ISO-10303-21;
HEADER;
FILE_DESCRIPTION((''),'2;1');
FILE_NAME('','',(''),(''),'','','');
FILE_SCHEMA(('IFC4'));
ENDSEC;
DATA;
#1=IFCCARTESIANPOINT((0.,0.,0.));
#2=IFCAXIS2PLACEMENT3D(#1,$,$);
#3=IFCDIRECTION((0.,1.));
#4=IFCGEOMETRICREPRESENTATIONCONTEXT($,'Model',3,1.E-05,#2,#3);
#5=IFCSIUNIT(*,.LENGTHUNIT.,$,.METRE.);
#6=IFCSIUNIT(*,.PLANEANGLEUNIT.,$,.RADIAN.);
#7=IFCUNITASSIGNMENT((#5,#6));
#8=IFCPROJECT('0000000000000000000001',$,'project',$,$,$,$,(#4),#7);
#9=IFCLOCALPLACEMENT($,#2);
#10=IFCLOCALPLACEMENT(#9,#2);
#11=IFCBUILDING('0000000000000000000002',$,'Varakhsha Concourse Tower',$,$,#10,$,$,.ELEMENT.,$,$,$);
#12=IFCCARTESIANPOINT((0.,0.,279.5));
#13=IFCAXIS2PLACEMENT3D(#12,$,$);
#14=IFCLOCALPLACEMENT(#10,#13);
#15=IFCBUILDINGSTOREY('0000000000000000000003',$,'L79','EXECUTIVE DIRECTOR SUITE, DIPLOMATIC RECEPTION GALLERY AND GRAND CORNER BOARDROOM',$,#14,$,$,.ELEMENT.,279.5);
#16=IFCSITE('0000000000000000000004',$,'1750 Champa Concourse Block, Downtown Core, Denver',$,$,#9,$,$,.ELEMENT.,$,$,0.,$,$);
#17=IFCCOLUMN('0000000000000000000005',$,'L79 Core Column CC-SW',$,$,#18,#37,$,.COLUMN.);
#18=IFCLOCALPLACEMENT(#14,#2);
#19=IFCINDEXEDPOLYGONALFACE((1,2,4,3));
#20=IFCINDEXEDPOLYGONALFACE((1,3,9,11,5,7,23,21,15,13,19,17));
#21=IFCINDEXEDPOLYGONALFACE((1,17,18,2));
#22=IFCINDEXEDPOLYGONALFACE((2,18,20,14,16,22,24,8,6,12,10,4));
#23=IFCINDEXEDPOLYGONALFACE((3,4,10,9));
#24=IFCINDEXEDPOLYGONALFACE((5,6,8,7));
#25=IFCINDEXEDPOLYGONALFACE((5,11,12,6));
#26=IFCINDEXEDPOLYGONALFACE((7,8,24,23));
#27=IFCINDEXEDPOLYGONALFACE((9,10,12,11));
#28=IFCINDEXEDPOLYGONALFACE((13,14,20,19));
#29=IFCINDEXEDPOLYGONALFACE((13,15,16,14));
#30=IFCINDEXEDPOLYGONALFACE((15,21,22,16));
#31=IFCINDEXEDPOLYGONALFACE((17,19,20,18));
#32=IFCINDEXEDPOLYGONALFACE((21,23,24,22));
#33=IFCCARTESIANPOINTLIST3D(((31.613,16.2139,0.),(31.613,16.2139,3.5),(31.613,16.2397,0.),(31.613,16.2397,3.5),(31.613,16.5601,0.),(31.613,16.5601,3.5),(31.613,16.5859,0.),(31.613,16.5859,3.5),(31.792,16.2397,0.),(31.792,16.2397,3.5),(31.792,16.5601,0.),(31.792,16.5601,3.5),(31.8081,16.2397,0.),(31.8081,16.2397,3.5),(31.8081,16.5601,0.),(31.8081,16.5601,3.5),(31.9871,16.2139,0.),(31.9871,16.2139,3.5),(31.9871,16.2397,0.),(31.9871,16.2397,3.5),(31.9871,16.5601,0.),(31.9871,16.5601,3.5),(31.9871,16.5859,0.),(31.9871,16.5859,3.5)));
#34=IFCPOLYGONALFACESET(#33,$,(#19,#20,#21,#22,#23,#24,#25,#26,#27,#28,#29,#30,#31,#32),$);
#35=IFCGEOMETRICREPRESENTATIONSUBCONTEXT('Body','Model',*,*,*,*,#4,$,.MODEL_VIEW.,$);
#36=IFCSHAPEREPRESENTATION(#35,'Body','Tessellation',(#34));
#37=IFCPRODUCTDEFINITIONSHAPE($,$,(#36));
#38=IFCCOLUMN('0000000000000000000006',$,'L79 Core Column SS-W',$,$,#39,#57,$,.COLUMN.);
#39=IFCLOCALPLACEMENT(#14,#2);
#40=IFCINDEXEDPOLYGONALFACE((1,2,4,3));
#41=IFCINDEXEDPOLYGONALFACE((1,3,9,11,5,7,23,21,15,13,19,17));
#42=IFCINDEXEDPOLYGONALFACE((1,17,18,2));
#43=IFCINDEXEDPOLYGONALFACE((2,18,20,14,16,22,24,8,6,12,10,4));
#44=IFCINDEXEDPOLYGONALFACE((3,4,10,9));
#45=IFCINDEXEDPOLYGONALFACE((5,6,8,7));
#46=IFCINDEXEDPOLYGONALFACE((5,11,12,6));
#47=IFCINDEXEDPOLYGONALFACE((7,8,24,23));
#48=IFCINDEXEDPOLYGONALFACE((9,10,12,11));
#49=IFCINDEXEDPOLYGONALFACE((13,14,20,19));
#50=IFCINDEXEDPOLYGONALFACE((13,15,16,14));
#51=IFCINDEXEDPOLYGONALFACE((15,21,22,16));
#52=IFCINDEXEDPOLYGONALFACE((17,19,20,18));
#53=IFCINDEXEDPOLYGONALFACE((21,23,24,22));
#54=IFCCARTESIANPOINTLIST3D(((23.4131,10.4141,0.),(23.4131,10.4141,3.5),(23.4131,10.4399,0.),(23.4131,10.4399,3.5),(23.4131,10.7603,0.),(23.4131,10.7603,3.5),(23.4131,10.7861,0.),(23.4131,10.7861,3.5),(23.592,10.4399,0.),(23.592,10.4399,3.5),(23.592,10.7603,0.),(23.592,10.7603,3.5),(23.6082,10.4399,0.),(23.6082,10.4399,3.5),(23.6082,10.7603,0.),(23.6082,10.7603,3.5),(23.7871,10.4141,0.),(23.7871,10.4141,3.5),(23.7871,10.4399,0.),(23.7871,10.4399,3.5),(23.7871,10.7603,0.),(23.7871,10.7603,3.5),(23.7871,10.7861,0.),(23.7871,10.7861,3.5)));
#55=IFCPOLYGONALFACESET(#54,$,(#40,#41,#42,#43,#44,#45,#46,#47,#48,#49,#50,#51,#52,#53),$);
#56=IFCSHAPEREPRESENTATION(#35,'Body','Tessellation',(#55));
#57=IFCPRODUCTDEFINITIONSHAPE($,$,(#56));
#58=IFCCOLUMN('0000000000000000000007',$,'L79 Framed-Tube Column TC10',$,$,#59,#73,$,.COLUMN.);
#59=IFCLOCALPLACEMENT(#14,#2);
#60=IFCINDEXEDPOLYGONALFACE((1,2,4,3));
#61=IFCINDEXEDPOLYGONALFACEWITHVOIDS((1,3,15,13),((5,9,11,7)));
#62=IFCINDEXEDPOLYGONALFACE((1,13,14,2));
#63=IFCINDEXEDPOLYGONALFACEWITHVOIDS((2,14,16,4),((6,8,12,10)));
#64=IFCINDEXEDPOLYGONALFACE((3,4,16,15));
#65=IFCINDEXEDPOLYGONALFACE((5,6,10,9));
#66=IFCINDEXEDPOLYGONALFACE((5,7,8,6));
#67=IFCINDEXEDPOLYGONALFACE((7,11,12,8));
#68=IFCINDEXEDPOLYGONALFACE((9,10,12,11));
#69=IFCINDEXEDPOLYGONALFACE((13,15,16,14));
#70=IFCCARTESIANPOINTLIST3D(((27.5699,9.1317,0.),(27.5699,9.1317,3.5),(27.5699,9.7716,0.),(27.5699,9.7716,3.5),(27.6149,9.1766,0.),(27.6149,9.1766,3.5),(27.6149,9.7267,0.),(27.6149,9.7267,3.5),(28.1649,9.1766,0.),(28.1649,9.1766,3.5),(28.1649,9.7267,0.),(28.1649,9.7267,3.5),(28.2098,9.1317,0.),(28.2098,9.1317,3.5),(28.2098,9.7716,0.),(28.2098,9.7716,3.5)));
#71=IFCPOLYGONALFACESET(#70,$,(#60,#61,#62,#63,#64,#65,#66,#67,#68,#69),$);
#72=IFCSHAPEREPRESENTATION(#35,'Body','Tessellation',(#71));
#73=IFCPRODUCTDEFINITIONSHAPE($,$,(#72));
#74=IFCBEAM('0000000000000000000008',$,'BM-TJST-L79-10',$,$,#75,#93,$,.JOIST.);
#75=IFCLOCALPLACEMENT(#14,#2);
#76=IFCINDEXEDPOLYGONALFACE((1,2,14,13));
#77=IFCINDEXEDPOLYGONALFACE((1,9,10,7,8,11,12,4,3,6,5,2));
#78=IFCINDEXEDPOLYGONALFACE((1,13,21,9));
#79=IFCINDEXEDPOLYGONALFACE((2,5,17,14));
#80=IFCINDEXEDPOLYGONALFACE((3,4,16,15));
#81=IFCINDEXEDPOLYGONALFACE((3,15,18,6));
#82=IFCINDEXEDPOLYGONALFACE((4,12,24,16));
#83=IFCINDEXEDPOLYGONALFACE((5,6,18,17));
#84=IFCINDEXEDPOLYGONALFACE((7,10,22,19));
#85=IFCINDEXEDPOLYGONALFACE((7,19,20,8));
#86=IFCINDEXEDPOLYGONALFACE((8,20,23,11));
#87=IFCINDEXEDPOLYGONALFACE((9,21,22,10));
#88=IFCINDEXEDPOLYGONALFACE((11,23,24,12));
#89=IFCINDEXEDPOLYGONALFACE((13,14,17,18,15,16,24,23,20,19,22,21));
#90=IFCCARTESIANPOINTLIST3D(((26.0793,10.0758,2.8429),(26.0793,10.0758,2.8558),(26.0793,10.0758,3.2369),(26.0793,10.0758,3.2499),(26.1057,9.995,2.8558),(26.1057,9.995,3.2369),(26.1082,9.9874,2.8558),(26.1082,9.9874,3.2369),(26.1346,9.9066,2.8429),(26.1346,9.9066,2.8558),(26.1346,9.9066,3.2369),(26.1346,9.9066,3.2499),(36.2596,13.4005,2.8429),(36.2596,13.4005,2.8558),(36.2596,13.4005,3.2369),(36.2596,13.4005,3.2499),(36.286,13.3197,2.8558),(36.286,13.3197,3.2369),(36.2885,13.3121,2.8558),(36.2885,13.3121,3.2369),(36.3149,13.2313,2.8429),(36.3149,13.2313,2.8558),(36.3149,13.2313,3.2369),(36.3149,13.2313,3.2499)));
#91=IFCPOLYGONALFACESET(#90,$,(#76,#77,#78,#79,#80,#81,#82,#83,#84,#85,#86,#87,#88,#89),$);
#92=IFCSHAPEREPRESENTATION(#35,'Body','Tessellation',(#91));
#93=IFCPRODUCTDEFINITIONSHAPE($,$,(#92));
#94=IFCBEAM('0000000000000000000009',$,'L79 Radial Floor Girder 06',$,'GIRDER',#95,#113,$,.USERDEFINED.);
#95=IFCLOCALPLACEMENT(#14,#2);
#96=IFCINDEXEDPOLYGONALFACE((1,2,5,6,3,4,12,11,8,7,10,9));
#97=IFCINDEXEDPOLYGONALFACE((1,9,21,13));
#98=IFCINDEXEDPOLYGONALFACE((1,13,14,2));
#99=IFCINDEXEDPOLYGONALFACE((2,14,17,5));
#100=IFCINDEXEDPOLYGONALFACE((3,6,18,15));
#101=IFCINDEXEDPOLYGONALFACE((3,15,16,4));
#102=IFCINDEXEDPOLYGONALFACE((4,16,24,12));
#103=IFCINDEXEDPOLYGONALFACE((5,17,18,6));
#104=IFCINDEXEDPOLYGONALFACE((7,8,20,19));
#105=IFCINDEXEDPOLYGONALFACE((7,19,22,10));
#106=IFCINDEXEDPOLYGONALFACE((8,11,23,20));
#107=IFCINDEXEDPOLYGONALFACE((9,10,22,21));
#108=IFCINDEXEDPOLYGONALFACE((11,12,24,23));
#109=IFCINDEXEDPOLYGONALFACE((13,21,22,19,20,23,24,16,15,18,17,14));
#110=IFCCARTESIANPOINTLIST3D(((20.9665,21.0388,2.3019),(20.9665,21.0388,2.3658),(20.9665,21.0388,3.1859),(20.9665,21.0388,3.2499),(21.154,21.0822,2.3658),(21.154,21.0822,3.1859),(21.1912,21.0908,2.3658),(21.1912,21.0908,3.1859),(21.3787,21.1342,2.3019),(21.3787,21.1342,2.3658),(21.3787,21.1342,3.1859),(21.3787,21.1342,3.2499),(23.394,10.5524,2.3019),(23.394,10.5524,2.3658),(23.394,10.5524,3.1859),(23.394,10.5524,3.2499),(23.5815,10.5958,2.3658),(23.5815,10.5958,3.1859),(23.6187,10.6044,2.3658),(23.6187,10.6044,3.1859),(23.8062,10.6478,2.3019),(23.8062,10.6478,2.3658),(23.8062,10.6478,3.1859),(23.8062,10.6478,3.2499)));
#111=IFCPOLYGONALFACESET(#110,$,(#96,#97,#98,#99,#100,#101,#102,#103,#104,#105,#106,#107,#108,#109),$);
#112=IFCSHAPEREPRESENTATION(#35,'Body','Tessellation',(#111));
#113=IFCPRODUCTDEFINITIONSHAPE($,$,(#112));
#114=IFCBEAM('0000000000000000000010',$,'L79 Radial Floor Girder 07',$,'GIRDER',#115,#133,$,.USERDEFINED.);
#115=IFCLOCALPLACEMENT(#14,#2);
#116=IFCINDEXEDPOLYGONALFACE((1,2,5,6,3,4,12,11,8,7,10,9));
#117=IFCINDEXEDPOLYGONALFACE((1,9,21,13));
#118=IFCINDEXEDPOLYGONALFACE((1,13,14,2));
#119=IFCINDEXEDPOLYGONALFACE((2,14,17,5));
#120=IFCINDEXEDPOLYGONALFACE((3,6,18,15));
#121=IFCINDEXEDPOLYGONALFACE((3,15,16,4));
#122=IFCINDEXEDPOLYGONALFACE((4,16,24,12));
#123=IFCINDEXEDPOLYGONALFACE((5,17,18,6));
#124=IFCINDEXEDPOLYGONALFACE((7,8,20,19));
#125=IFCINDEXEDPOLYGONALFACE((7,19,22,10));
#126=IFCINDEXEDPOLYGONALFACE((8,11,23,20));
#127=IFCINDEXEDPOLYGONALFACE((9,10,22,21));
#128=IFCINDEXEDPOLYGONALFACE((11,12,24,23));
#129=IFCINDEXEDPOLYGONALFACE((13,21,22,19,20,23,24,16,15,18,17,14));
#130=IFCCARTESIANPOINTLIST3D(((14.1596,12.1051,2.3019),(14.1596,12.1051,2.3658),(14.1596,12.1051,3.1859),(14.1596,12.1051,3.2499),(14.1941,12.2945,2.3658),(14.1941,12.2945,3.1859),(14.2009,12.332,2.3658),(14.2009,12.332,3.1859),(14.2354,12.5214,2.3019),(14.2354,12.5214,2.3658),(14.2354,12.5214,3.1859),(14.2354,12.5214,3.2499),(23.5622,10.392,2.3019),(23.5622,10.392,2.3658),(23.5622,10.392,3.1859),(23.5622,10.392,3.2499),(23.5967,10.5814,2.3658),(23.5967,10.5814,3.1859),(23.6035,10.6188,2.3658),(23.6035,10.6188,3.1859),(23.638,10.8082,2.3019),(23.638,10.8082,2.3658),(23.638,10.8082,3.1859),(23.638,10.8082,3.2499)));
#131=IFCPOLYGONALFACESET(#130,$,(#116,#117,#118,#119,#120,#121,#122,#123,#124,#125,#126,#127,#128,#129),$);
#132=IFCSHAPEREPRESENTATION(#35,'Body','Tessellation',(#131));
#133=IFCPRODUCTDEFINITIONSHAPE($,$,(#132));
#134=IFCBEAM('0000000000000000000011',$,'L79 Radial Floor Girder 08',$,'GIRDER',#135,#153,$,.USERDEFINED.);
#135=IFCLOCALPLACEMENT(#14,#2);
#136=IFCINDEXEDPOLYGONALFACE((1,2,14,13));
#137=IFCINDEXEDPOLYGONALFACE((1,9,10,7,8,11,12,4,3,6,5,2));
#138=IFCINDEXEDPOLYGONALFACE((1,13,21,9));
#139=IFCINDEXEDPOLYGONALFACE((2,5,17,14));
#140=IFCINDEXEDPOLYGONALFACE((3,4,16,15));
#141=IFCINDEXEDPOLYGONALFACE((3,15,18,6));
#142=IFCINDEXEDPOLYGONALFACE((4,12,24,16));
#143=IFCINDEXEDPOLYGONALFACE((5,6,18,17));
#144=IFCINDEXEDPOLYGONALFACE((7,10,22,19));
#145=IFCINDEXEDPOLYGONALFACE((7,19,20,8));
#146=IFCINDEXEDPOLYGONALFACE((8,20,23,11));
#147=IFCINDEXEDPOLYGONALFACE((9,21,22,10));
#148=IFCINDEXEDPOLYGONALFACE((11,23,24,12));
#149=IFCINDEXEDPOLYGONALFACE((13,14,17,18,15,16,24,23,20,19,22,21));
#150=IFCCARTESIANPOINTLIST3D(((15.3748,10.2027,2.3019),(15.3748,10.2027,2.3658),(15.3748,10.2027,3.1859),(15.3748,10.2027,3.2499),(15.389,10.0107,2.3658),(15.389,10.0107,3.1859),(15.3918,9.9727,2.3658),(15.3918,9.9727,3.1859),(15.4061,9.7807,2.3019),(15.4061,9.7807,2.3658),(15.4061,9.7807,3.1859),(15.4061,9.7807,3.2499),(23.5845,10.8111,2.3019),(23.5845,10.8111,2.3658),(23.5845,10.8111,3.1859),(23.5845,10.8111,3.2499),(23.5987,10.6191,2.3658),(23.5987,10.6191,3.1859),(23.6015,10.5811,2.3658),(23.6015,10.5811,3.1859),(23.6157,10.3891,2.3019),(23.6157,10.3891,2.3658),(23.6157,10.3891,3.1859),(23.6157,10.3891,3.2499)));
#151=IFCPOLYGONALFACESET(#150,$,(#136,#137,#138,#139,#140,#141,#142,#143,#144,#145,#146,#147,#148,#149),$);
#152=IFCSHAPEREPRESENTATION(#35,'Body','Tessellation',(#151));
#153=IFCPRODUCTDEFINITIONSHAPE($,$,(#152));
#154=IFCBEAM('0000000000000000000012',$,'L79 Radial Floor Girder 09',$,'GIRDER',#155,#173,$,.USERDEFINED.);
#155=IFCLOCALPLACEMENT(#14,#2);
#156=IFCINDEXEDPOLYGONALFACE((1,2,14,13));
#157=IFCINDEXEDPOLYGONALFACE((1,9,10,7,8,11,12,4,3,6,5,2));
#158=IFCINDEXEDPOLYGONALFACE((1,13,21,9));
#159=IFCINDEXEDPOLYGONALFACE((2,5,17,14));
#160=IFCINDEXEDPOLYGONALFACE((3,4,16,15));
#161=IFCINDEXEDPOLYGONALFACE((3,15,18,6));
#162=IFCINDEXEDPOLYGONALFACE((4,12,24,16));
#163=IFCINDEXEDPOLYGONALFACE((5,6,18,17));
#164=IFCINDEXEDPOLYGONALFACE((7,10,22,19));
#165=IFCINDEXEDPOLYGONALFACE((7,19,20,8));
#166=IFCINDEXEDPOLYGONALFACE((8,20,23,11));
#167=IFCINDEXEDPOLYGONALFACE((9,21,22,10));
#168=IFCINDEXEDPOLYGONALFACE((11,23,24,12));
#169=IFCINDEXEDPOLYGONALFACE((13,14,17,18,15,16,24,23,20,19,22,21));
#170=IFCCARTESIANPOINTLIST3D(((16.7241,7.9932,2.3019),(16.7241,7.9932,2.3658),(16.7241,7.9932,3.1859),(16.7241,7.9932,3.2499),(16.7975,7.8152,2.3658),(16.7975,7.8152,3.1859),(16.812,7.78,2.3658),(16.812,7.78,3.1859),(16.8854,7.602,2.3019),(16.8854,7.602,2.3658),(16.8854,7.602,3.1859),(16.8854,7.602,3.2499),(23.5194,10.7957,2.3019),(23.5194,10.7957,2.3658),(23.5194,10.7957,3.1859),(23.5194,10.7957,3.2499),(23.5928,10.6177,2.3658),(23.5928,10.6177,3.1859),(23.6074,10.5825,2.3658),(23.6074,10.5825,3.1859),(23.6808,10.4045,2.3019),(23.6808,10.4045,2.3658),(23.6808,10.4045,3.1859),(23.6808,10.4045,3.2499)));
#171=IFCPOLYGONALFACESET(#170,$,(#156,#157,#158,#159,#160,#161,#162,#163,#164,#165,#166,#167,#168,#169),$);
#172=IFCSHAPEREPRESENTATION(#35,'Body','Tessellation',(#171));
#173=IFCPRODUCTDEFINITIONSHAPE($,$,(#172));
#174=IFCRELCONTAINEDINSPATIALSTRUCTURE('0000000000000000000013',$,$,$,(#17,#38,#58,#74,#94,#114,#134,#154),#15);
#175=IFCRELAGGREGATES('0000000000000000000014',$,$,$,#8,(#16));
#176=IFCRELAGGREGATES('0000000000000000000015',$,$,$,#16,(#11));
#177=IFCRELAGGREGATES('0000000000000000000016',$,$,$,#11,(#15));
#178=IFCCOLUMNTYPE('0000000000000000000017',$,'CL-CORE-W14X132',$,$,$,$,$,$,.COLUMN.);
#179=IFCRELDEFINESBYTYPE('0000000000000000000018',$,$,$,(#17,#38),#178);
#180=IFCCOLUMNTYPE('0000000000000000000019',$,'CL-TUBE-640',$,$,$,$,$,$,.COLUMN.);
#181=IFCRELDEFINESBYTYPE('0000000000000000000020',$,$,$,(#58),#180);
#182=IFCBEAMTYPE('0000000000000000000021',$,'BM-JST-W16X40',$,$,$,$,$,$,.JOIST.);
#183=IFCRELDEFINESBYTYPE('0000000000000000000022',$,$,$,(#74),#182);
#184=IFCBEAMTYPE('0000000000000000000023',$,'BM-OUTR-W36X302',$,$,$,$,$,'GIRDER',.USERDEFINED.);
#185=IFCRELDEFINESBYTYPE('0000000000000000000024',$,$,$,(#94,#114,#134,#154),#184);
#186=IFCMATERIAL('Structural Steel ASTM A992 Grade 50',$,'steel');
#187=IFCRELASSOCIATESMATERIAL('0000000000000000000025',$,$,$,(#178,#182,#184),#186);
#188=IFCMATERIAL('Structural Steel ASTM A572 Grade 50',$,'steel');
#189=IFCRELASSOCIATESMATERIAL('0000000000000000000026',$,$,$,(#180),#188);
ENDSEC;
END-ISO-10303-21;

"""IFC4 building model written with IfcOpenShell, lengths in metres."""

from ifc_helpers import new_model, si_unit, direction, frame, origin, origin_2d, place, context, subcontext, project, spatial, hollow_rectangle, i_section, extrude, material, material_profile, profile_set, type_object, element, save


model = new_model("IFC4")

# Units and contexts
model_context = context("Model", 3, precision=1e-05, world=origin(), true_north=direction((0.0, 1.0)))
body_context = subcontext(model_context, "Body", "Model", "MODEL_VIEW")
ifc_project = project(units=[si_unit("LENGTHUNIT", "METRE"), si_unit("PLANEANGLEUNIT", "RADIAN")], contexts=[model_context])

# Site, building, storey
site_placement = place(None, origin())
site = spatial("IfcSite", under=ifc_project, at=site_placement, Name="1750 Champa Concourse Block, Downtown Core, Denver", CompositionType="ELEMENT", RefElevation=0.0)
building_placement = place(site_placement, origin())
building = spatial("IfcBuilding", under=site, at=building_placement, Name="Varakhsha Concourse Tower", CompositionType="ELEMENT")
storey_placement = place(building_placement, frame((0.0, 0.0, 279.5)))
storey = spatial("IfcBuildingStorey", under=building, at=storey_placement, Name="L79", Description="EXECUTIVE DIRECTOR SUITE, DIPLOMATIC RECEPTION GALLERY AND GRAND CORNER BOARDROOM", CompositionType="ELEMENT", Elevation=279.5)

# Columns
ifc_material_1 = material(Name="Structural Steel ASTM A992 Grade 50", Category="steel")
ifc_material_profile_1 = material_profile(ifc_material_1, i_section(OverallWidth=0.374, OverallDepth=0.3721, WebThickness=0.0161, FlangeThickness=0.0259, at=origin_2d()), Name="W14X132")
ifc_profile_set_1 = profile_set([ifc_material_profile_1], Name="Structural Steel ASTM A992 Grade 50")
column_type_1 = type_object("IfcColumnType", Name="CL-CORE-W14X132", PredefinedType="COLUMN", material=ifc_profile_set_1)
for number, where, z_axis, x_axis, name in (
    (1, (31.8, 16.3999, 0.0), (0.0, 0.0, 1.0), (1.0, 0.0, 0.0), "L79 Core Column CC-SW"),
    (2, (23.6001, 10.6001, 0.0), (0.0, 0.0, 1.0), (1.0, 0.0, 0.0), "L79 Core Column SS-W"),
):
    element("IfcColumn", number, at=place(storey_placement, frame(where, z_axis=z_axis, x_axis=x_axis)), inside=storey, type_object=column_type_1, Name=name, PredefinedType="COLUMN", context=body_context, shape_type="SweptSolid", body=[
        extrude(i_section(OverallWidth=0.374, OverallDepth=0.3721, WebThickness=0.0161, FlangeThickness=0.0259, at=origin_2d()), origin(), (0.0, 0.0, 1.0), 3.5),
    ])
ifc_material_2 = material(Name="Structural Steel ASTM A572 Grade 50", Category="steel")
ifc_material_profile_2 = material_profile(ifc_material_2, hollow_rectangle(XDim=0.6399, YDim=0.6399, WallThickness=0.0449, at=origin_2d()), Name="BOX 640x640x45")
ifc_profile_set_2 = profile_set([ifc_material_profile_2], Name="Structural Steel ASTM A572 Grade 50")
column_type_2 = type_object("IfcColumnType", Name="CL-TUBE-640", PredefinedType="COLUMN", material=ifc_profile_set_2)
column_placement = place(storey_placement, frame((27.8899, 9.4517, 0.0), z_axis=(0.0, 0.0, 1.0), x_axis=(1.0, 0.0, 0.0)))
element("IfcColumn", 3, at=column_placement, inside=storey, type_object=column_type_2, Name="L79 Framed-Tube Column TC10", PredefinedType="COLUMN", context=body_context, shape_type="SweptSolid", body=[
    extrude(hollow_rectangle(XDim=0.6399, YDim=0.6399, WallThickness=0.0449, at=origin_2d()), origin(), (0.0, 0.0, 1.0), 3.5),
])

# Beams
ifc_material_profile_3 = material_profile(ifc_material_1, i_section(OverallWidth=0.178, OverallDepth=0.407, WebThickness=0.0081, FlangeThickness=0.0129, at=origin_2d()), Name="W16X40")
ifc_profile_set_3 = profile_set([ifc_material_profile_3], Name="Structural Steel ASTM A992 Grade 50")
beam_type_1 = type_object("IfcBeamType", Name="BM-JST-W16X40", PredefinedType="JOIST", material=ifc_profile_set_3)
beam_1_placement = place(storey_placement, frame((26.1069, 9.9912, 3.0464), z_axis=(0.950592, 0.310443, 0.0), x_axis=(-0.310443, 0.950592, 0.0)))
element("IfcBeam", 4, at=beam_1_placement, inside=storey, type_object=beam_type_1, Name="BM-TJST-L79-10", PredefinedType="JOIST", context=body_context, shape_type="SweptSolid", body=[
    extrude(i_section(OverallWidth=0.178, OverallDepth=0.407, WebThickness=0.0081, FlangeThickness=0.0129, at=origin_2d()), origin(), (0.0, 0.0, 1.0), 10.7095),
])
ifc_material_profile_4 = material_profile(ifc_material_1, i_section(OverallWidth=0.4231, OverallDepth=0.948, WebThickness=0.0381, FlangeThickness=0.064, at=origin_2d()), Name="W36X302")
ifc_profile_set_4 = profile_set([ifc_material_profile_4], Name="Structural Steel ASTM A992 Grade 50")
beam_type_2 = type_object("IfcBeamType", Name="BM-OUTR-W36X302", ElementType="GIRDER", PredefinedType="USERDEFINED", material=ifc_profile_set_4)
beam_2_placement = place(storey_placement, frame((23.6001, 10.6001, 2.7759), z_axis=(-0.225527, 0.974237, 0.0), x_axis=(-0.974237, -0.225527, 0.0)))
element("IfcBeam", 5, at=beam_2_placement, inside=storey, type_object=beam_type_2, Name="L79 Radial Floor Girder 06", ObjectType="GIRDER", PredefinedType="USERDEFINED", context=body_context, shape_type="SweptSolid", body=[
    extrude(i_section(OverallWidth=0.4231, OverallDepth=0.948, WebThickness=0.0381, FlangeThickness=0.064, at=origin_2d()), origin(), (0.0, 0.0, 1.0), 10.7637),
])
beam_3_placement = place(storey_placement, frame((23.6001, 10.6001, 2.7759), z_axis=(-0.983804, 0.179247, 0.0), x_axis=(-0.179247, -0.983804, 0.0)))
element("IfcBeam", 6, at=beam_3_placement, inside=storey, type_object=beam_type_2, Name="L79 Radial Floor Girder 07", ObjectType="GIRDER", PredefinedType="USERDEFINED", context=body_context, shape_type="SweptSolid", body=[
    extrude(i_section(OverallWidth=0.4231, OverallDepth=0.948, WebThickness=0.0381, FlangeThickness=0.064, at=origin_2d()), origin(), (0.0, 0.0, 1.0), 9.5574),
])
beam_4_placement = place(storey_placement, frame((23.6001, 10.6001, 2.7759), z_axis=(-0.997265, -0.073904, 0.0), x_axis=(0.073904, -0.997265, 0.0)))
element("IfcBeam", 7, at=beam_4_placement, inside=storey, type_object=beam_type_2, Name="L79 Radial Floor Girder 08", ObjectType="GIRDER", PredefinedType="USERDEFINED", context=body_context, shape_type="SweptSolid", body=[
    extrude(i_section(OverallWidth=0.4231, OverallDepth=0.948, WebThickness=0.0381, FlangeThickness=0.064, at=origin_2d()), origin(), (0.0, 0.0, 1.0), 8.2322),
])
beam_5_placement = place(storey_placement, frame((23.6001, 10.6001, 2.7759), z_axis=(-0.924468, -0.381259, 0.0), x_axis=(0.381259, -0.924468, 0.0)))
element("IfcBeam", 8, at=beam_5_placement, inside=storey, type_object=beam_type_2, Name="L79 Radial Floor Girder 09", ObjectType="GIRDER", PredefinedType="USERDEFINED", context=body_context, shape_type="SweptSolid", body=[
    extrude(i_section(OverallWidth=0.4231, OverallDepth=0.948, WebThickness=0.0381, FlangeThickness=0.064, at=origin_2d()), origin(), (0.0, 0.0, 1.0), 7.3506),
])

save(model, "model.ifc")
